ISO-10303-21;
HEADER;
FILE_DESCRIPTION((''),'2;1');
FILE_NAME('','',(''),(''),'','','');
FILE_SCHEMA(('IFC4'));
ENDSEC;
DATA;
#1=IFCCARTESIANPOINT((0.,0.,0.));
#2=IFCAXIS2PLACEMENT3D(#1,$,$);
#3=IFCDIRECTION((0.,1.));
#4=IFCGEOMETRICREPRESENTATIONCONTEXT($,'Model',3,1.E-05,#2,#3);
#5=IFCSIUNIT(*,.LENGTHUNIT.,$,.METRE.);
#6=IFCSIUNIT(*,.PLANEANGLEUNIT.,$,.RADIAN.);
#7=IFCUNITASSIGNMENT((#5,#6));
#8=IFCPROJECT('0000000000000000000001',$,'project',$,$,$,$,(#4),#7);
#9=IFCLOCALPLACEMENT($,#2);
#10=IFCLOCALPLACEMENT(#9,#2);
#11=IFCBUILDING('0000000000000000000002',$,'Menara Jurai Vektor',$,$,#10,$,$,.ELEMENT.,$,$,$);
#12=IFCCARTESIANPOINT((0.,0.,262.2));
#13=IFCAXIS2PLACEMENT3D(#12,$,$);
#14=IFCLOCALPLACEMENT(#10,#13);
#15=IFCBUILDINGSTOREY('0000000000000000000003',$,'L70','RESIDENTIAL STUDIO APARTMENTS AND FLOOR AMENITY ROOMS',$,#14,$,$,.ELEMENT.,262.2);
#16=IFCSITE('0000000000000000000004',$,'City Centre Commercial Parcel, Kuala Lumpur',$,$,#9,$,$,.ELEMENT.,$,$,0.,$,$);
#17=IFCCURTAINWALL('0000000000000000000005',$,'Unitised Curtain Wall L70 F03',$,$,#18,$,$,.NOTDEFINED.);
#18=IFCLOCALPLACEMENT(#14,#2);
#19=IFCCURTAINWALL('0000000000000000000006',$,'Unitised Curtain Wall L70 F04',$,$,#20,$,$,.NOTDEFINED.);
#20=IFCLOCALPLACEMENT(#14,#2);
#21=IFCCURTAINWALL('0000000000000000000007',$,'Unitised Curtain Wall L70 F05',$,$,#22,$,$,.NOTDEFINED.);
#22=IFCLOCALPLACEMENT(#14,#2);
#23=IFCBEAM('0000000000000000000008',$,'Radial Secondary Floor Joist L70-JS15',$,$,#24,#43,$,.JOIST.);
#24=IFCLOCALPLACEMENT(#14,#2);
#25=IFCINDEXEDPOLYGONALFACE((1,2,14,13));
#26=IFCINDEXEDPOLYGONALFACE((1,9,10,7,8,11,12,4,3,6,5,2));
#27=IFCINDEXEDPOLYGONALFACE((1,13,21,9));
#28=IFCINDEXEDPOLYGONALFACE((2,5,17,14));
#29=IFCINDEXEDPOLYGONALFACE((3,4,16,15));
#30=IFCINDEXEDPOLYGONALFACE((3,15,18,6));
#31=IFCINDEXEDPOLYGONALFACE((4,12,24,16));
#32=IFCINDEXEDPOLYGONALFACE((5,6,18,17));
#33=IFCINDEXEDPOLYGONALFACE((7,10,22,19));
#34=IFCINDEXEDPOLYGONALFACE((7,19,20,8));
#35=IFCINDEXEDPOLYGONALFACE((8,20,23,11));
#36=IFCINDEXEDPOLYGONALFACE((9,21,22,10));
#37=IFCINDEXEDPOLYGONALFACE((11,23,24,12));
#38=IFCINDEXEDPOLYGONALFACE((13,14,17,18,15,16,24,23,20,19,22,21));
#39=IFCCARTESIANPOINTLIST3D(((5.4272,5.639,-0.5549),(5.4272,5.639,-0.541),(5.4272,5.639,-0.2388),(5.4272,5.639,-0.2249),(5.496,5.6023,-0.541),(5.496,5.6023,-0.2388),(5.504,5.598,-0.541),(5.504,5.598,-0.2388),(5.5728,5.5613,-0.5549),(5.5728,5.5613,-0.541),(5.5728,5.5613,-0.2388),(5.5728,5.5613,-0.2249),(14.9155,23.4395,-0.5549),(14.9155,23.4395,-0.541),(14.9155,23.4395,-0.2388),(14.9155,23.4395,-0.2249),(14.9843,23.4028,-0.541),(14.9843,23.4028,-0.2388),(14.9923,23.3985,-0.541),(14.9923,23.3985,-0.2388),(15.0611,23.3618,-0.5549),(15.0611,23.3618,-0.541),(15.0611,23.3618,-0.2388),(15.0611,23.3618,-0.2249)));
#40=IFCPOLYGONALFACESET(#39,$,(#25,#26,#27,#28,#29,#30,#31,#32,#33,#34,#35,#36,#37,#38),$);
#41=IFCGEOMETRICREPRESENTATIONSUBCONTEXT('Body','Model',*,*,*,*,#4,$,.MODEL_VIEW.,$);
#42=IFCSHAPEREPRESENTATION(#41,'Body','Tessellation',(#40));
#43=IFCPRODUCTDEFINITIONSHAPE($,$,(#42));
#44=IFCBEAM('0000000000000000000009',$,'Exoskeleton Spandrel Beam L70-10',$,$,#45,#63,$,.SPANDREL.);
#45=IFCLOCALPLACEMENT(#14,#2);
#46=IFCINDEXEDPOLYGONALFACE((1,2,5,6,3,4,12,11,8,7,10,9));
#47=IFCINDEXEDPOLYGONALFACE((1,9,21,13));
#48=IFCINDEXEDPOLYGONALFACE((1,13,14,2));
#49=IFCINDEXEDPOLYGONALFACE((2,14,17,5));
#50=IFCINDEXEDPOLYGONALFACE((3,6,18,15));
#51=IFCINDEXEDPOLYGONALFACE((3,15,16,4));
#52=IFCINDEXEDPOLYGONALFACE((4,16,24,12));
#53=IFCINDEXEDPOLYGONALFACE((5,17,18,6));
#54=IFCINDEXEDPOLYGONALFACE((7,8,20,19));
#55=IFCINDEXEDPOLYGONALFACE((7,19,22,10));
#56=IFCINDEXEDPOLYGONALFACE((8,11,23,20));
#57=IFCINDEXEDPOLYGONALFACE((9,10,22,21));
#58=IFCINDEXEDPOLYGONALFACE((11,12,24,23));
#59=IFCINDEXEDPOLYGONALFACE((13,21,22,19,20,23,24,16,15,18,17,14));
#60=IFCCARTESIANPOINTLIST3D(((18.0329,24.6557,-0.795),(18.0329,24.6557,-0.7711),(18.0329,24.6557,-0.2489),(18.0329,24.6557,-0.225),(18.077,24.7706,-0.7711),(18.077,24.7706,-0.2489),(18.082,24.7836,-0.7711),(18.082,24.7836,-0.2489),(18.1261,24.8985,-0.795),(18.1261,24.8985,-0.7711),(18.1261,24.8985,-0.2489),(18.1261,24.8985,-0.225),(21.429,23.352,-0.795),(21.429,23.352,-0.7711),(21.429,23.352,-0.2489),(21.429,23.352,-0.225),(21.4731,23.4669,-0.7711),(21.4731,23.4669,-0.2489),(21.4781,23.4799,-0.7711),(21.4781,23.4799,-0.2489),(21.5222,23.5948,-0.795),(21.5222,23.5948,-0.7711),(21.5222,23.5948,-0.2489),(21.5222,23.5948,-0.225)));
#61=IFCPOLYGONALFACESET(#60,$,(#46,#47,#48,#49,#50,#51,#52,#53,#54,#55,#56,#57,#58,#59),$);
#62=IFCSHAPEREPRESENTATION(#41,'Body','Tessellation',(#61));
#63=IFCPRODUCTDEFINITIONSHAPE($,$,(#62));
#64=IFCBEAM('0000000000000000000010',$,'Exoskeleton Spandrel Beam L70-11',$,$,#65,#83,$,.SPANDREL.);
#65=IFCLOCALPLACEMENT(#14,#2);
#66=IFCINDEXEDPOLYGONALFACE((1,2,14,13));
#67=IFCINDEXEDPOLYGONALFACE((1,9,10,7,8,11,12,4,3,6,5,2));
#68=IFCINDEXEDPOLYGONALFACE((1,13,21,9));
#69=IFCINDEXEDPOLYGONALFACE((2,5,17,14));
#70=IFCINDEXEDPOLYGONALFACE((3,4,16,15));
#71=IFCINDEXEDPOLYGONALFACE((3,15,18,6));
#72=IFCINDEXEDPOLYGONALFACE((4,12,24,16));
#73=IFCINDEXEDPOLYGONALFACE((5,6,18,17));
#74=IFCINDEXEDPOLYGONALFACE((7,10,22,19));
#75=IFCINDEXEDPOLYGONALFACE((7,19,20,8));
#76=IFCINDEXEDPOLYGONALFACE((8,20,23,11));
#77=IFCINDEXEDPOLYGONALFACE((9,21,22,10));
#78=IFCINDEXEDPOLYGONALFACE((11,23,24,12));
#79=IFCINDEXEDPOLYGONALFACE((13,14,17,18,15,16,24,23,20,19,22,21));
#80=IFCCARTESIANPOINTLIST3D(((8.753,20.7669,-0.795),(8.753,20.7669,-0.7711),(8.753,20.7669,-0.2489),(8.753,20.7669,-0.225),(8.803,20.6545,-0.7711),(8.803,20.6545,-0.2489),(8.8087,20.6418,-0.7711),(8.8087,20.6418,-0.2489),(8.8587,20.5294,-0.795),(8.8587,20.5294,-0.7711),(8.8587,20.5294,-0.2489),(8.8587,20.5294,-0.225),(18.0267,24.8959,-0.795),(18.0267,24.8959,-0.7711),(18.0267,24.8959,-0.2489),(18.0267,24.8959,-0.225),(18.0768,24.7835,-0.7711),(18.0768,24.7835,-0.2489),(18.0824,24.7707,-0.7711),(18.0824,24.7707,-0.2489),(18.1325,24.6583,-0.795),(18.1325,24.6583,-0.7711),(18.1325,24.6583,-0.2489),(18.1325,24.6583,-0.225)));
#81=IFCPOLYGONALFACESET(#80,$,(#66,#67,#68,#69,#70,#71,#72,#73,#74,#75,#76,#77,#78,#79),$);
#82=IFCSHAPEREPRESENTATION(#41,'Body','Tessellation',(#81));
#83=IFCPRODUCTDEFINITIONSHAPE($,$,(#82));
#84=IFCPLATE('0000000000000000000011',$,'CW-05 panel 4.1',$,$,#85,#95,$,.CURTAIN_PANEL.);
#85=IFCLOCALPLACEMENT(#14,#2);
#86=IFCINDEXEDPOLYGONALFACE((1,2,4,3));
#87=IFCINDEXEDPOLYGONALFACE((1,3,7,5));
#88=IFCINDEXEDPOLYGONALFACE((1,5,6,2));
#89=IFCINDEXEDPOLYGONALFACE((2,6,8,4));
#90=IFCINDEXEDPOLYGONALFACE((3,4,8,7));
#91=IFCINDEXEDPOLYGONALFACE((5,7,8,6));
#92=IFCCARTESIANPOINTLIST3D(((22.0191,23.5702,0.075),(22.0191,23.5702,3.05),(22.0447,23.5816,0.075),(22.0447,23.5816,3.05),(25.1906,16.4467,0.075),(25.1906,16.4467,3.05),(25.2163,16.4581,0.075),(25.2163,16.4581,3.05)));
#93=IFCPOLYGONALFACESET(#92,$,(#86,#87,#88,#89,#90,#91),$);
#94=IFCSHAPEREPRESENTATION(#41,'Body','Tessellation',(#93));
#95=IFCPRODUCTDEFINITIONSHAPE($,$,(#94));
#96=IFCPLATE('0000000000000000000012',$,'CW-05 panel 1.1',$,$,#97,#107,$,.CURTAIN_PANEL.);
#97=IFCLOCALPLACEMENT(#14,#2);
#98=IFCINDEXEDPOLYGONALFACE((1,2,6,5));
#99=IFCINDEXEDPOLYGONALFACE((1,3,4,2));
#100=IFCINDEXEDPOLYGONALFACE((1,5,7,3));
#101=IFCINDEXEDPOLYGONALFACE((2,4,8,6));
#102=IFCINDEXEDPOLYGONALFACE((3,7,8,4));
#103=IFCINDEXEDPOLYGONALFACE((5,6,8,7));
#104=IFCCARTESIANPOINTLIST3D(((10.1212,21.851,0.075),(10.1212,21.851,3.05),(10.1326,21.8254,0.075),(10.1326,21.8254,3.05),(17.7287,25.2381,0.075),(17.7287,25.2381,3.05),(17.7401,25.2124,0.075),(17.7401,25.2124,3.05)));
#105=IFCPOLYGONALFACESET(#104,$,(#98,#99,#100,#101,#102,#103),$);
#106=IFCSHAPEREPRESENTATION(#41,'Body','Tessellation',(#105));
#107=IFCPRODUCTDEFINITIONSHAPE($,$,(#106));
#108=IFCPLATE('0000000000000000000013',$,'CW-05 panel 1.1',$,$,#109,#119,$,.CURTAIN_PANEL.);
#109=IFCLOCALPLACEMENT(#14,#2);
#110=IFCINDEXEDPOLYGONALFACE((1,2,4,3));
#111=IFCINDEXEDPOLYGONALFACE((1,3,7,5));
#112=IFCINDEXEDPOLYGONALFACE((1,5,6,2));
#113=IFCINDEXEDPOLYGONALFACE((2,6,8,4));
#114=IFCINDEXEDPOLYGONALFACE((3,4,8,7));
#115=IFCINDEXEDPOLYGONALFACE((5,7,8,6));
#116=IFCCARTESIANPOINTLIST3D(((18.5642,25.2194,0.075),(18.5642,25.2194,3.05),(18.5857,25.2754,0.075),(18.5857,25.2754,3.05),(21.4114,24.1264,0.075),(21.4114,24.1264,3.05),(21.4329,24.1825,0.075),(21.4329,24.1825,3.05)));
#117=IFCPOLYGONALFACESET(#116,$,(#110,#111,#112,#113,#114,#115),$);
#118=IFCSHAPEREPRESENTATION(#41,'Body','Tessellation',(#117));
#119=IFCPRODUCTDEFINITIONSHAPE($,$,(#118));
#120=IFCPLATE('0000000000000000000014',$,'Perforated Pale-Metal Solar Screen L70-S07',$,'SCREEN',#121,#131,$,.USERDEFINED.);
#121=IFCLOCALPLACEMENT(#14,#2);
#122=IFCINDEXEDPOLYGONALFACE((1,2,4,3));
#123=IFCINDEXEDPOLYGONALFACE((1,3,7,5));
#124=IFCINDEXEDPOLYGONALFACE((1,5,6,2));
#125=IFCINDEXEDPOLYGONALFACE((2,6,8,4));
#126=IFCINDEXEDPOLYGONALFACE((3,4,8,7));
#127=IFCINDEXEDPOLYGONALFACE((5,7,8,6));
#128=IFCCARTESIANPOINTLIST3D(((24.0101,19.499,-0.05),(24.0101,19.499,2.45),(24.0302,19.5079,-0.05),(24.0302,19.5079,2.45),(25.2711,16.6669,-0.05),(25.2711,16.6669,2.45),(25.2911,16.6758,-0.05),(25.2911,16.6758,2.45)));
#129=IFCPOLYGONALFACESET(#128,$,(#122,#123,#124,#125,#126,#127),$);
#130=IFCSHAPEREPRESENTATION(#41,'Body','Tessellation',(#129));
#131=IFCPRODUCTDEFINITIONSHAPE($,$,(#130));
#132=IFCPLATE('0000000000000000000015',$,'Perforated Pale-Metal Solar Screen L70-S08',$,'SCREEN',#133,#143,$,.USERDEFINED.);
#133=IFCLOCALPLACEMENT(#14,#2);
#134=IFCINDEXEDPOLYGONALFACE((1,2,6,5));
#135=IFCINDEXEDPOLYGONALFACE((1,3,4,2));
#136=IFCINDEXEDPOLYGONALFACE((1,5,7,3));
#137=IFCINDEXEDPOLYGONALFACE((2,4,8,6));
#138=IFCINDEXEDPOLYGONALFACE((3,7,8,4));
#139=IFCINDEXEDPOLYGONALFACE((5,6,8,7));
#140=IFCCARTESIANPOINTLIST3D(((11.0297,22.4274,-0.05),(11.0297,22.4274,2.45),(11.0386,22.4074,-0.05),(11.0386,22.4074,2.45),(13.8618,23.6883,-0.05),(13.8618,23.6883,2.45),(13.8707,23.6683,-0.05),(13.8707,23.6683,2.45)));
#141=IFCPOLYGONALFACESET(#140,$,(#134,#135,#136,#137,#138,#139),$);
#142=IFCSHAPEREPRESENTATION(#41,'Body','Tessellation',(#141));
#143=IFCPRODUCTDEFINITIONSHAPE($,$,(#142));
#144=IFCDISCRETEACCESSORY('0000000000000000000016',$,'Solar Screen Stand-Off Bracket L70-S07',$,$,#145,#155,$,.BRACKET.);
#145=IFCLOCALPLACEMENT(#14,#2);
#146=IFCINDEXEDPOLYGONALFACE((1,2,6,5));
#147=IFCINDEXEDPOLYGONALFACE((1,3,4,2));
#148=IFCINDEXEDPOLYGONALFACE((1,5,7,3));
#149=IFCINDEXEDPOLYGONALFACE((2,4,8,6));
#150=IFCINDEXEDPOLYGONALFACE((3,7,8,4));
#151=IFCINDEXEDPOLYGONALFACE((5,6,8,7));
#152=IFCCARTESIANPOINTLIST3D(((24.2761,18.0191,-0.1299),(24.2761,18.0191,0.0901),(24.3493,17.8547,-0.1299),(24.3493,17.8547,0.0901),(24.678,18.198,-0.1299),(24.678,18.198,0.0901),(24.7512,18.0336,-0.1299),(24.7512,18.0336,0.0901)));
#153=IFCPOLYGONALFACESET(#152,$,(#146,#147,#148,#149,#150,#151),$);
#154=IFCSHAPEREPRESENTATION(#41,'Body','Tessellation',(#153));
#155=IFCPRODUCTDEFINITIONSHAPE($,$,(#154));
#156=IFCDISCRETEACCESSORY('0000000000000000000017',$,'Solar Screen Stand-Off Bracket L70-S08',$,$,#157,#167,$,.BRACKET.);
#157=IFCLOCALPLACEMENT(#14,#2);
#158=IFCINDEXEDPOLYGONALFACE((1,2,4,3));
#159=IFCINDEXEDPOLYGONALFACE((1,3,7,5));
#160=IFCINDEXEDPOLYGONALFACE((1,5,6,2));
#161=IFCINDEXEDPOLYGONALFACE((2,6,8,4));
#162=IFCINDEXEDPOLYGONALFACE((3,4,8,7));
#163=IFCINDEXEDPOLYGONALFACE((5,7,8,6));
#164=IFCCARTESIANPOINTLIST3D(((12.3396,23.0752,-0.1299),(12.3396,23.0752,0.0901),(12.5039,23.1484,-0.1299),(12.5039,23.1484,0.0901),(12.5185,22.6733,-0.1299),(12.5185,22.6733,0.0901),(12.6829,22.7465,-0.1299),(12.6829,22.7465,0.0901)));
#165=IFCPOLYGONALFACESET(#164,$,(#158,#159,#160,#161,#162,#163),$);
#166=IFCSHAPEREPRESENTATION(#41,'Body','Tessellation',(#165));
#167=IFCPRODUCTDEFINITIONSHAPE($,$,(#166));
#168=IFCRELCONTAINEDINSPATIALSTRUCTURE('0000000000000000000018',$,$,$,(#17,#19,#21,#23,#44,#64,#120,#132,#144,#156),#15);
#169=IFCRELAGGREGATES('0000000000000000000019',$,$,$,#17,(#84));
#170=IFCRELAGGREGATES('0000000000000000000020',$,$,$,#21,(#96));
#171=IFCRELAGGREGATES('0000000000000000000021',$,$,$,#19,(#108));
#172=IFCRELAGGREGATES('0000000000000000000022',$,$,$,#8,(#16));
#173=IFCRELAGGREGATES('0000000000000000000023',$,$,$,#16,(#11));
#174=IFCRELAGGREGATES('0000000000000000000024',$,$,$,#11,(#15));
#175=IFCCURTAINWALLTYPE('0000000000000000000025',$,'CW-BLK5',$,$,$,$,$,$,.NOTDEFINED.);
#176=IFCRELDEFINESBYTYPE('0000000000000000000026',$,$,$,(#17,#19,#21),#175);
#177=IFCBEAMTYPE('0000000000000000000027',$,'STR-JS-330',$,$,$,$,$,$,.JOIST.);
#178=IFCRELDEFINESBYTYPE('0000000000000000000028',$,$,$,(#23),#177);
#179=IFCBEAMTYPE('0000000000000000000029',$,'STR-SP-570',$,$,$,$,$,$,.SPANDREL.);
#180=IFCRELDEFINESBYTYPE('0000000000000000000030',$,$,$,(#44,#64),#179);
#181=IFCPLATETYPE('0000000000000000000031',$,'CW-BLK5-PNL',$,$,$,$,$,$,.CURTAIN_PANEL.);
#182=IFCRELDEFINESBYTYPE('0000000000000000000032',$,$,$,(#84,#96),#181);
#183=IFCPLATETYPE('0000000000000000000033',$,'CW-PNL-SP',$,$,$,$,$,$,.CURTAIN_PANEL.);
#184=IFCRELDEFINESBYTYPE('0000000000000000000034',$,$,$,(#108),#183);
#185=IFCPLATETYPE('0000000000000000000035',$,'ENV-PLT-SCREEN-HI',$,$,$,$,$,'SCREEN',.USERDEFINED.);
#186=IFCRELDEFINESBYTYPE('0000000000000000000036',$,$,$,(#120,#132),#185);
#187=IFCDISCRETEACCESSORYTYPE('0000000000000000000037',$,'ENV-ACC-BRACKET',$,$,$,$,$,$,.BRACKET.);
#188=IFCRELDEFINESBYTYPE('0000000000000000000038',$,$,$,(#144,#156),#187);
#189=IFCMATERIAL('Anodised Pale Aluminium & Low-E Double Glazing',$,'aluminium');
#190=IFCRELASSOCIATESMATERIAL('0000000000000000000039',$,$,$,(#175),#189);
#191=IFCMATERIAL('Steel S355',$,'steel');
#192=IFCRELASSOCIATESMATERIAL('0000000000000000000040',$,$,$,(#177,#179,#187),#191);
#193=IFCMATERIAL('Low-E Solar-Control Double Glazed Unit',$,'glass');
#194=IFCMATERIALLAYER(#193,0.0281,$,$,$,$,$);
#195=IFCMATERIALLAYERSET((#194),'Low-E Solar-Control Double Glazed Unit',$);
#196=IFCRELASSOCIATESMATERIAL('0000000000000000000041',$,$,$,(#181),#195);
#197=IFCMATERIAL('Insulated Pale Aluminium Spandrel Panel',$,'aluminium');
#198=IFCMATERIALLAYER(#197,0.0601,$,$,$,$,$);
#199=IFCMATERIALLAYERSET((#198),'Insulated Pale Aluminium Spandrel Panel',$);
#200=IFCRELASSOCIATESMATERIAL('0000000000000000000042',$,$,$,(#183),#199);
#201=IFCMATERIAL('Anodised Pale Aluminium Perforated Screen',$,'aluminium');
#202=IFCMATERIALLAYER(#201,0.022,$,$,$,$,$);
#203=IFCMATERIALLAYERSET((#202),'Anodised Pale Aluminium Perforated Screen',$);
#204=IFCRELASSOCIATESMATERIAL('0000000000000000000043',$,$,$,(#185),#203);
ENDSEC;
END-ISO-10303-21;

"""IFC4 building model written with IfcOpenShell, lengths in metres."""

from ifc_helpers import new_model, si_unit, direction, frame, origin, origin_2d, place, context, subcontext, project, spatial, rectangle, i_section, extrude, material, layer, layer_set, material_profile, profile_set, type_object, element, aggregate, save


model = new_model("IFC4")

# Units and contexts
model_context = context("Model", 3, precision=1e-05, world=origin(), true_north=direction((0.0, 1.0)))
body_context = subcontext(model_context, "Body", "Model", "MODEL_VIEW")
ifc_project = project(units=[si_unit("LENGTHUNIT", "METRE"), si_unit("PLANEANGLEUNIT", "RADIAN")], contexts=[model_context])

# Site, building, storey
site_placement = place(None, origin())
site = spatial("IfcSite", under=ifc_project, at=site_placement, Name="City Centre Commercial Parcel, Kuala Lumpur", CompositionType="ELEMENT", RefElevation=0.0)
building_placement = place(site_placement, origin())
building = spatial("IfcBuilding", under=site, at=building_placement, Name="Menara Jurai Vektor", CompositionType="ELEMENT")
storey_placement = place(building_placement, frame((0.0, 0.0, 262.2)))
storey = spatial("IfcBuildingStorey", under=building, at=storey_placement, Name="L70", Description="RESIDENTIAL STUDIO APARTMENTS AND FLOOR AMENITY ROOMS", CompositionType="ELEMENT", Elevation=262.2)

# Curtain wall
ifc_material_1 = material(Name="Anodised Pale Aluminium & Low-E Double Glazing", Category="aluminium")
curtain_wall_type = type_object("IfcCurtainWallType", Name="CW-BLK5", PredefinedType="NOTDEFINED", material=ifc_material_1)
curtain_wall_1_placement = place(storey_placement, origin())
curtain_wall_1 = element("IfcCurtainWall", 1, at=curtain_wall_1_placement, inside=storey, type_object=curtain_wall_type, Name="Unitised Curtain Wall L70 F03", PredefinedType="NOTDEFINED")

# Curtain wall
curtain_wall_2_placement = place(storey_placement, origin())
curtain_wall_2 = element("IfcCurtainWall", 2, at=curtain_wall_2_placement, inside=storey, type_object=curtain_wall_type, Name="Unitised Curtain Wall L70 F04", PredefinedType="NOTDEFINED")

# Curtain wall
curtain_wall_3_placement = place(storey_placement, origin())
curtain_wall_3 = element("IfcCurtainWall", 3, at=curtain_wall_3_placement, inside=storey, type_object=curtain_wall_type, Name="Unitised Curtain Wall L70 F05", PredefinedType="NOTDEFINED")

# Shared definitions
ifc_material_2 = material(Name="Steel S355", Category="steel")

# Beams
ifc_material_profile_1 = material_profile(ifc_material_2, i_section(OverallWidth=0.165, OverallDepth=0.3301, WebThickness=0.009, FlangeThickness=0.0139, at=origin_2d()), Name="PG 330x165x46")
ifc_profile_set_1 = profile_set([ifc_material_profile_1], Name="Steel S355")
beam_type_1 = type_object("IfcBeamType", Name="STR-JS-330", PredefinedType="JOIST", material=ifc_profile_set_1)
beam_1_placement = place(storey_placement, frame((14.9883, 23.4006, -0.3899), z_axis=(-0.470382, -0.882463, 0.0), x_axis=(0.882463, -0.470382, 0.0)))
element("IfcBeam", 4, at=beam_1_placement, inside=storey, type_object=beam_type_1, Name="Radial Secondary Floor Joist L70-JS15", PredefinedType="JOIST", context=body_context, shape_type="SweptSolid", body=[
    extrude(i_section(OverallWidth=0.165, OverallDepth=0.3301, WebThickness=0.009, FlangeThickness=0.0139, at=origin_2d()), origin(), (0.0, 0.0, 1.0), 20.1714),
])
ifc_material_profile_2 = material_profile(ifc_material_2, i_section(OverallWidth=0.26, OverallDepth=0.5701, WebThickness=0.0139, FlangeThickness=0.0239, at=origin_2d()), Name="PG 570x260x145")
ifc_profile_set_2 = profile_set([ifc_material_profile_2], Name="Steel S355")
beam_type_2 = type_object("IfcBeamType", Name="STR-SP-570", PredefinedType="SPANDREL", material=ifc_profile_set_2)
beam_2_placement = place(storey_placement, frame((21.4756, 23.4734, -0.51), z_axis=(-0.93357, 0.358394, 0.0), x_axis=(-0.358394, -0.93357, 0.0)))
element("IfcBeam", 5, at=beam_2_placement, inside=storey, type_object=beam_type_2, Name="Exoskeleton Spandrel Beam L70-10", PredefinedType="SPANDREL", context=body_context, shape_type="SweptSolid", body=[
    extrude(i_section(OverallWidth=0.26, OverallDepth=0.5701, WebThickness=0.0139, FlangeThickness=0.0239, at=origin_2d()), origin(), (0.0, 0.0, 1.0), 3.6377),
])
beam_3_placement = place(storey_placement, frame((18.0796, 24.7771, -0.51), z_axis=(-0.913546, -0.406736, 0.0), x_axis=(0.406736, -0.913546, 0.0)))
element("IfcBeam", 6, at=beam_3_placement, inside=storey, type_object=beam_type_2, Name="Exoskeleton Spandrel Beam L70-11", PredefinedType="SPANDREL", context=body_context, shape_type="SweptSolid", body=[
    extrude(i_section(OverallWidth=0.26, OverallDepth=0.5701, WebThickness=0.0139, FlangeThickness=0.0239, at=origin_2d()), origin(), (0.0, 0.0, 1.0), 10.1514),
])

# Plates
ifc_material_3 = material(Name="Low-E Solar-Control Double Glazed Unit", Category="glass")
ifc_layer_1 = layer(ifc_material_3, 0.0281)
ifc_layer_set_1 = layer_set([ifc_layer_1], Name="Low-E Solar-Control Double Glazed Unit")
plate_type_1 = type_object("IfcPlateType", Name="CW-BLK5-PNL", PredefinedType="CURTAIN_PANEL", material=ifc_layer_set_1)
plate_1_placement = place(storey_placement, frame((23.6177, 20.0142, 0.075), z_axis=(0.0, 0.0, 1.0), x_axis=(-0.406735, 0.913546, 0.0)))
plate_1 = element("IfcPlate", 7, at=plate_1_placement, type_object=plate_type_1, Name="CW-05 panel 4.1", PredefinedType="CURTAIN_PANEL", context=body_context, shape_type="SweptSolid", body=[
    extrude(rectangle(XDim=7.7976, YDim=0.0281, at=origin_2d()), origin(), (0.0, 0.0, 1.0), 2.9751),
])
aggregate(curtain_wall_1, [plate_1])
plate_2_placement = place(storey_placement, frame((13.9307, 23.5317, 0.075), z_axis=(0.0, 0.0, 1.0), x_axis=(-0.913546, -0.406735, 0.0)))
plate_2 = element("IfcPlate", 8, at=plate_2_placement, type_object=plate_type_1, Name="CW-05 panel 1.1", PredefinedType="CURTAIN_PANEL", context=body_context, shape_type="SweptSolid", body=[
    extrude(rectangle(XDim=8.3274, YDim=0.0281, at=origin_2d()), origin(), (0.0, 0.0, 1.0), 2.9751),
])
aggregate(curtain_wall_3, [plate_2])
ifc_material_4 = material(Name="Insulated Pale Aluminium Spandrel Panel", Category="aluminium")
ifc_layer_2 = layer(ifc_material_4, 0.0601)
ifc_layer_set_2 = layer_set([ifc_layer_2], Name="Insulated Pale Aluminium Spandrel Panel")
plate_type_2 = type_object("IfcPlateType", Name="CW-PNL-SP", PredefinedType="CURTAIN_PANEL", material=ifc_layer_set_2)
plate_3_placement = place(storey_placement, frame((19.9985, 24.7009, 0.075), z_axis=(0.0, 0.0, 1.0), x_axis=(-0.933578, 0.358374, 0.0)))
plate_3 = element("IfcPlate", 9, at=plate_3_placement, type_object=plate_type_2, Name="CW-05 panel 1.1", PredefinedType="CURTAIN_PANEL", context=body_context, shape_type="SweptSolid", body=[
    extrude(rectangle(XDim=3.0498, YDim=0.0601, at=origin_2d()), origin(), (0.0, 0.0, 1.0), 2.9751),
])
aggregate(curtain_wall_2, [plate_3])

# Plates
ifc_material_5 = material(Name="Anodised Pale Aluminium Perforated Screen", Category="aluminium")
ifc_layer_3 = layer(ifc_material_5, 0.022)
ifc_layer_set_3 = layer_set([ifc_layer_3], Name="Anodised Pale Aluminium Perforated Screen")
plate_type_3 = type_object("IfcPlateType", Name="ENV-PLT-SCREEN-HI", ElementType="SCREEN", PredefinedType="USERDEFINED", material=ifc_layer_set_3)
for number, where, z_axis, x_axis, name in (
    (10, (24.6506, 18.0874, -0.05), (0.0, 0.0, 1.0), (-0.406737, 0.913545, 0.0), "Perforated Pale-Metal Solar Screen L70-S07"),
    (11, (12.4502, 23.0479, -0.05), (0.0, 0.0, 1.0), (-0.913545, -0.406737, 0.0), "Perforated Pale-Metal Solar Screen L70-S08"),
):
    element("IfcPlate", number, at=place(storey_placement, frame(where, z_axis=z_axis, x_axis=x_axis)), inside=storey, type_object=plate_type_3, Name=name, ObjectType="SCREEN", PredefinedType="USERDEFINED", context=body_context, shape_type="SweptSolid", body=[
        extrude(rectangle(XDim=3.1001, YDim=0.022, at=origin_2d()), origin(), (0.0, 0.0, 1.0), 2.5),
    ])

# Discrete accessories
discrete_accessory_type = type_object("IfcDiscreteAccessoryType", Name="ENV-ACC-BRACKET", PredefinedType="BRACKET", material=ifc_material_2)
for number, where, z_axis, x_axis, name in (
    (12, (24.5137, 18.0264, -0.1299), (0.0, 0.0, 1.0), (-0.406737, 0.913545, 0.0), "Solar Screen Stand-Off Bracket L70-S07"),
    (13, (12.5112, 22.9109, -0.1299), (0.0, 0.0, 1.0), (-0.913545, -0.406737, 0.0), "Solar Screen Stand-Off Bracket L70-S08"),
):
    element("IfcDiscreteAccessory", number, at=place(storey_placement, frame(where, z_axis=z_axis, x_axis=x_axis)), inside=storey, type_object=discrete_accessory_type, Name=name, PredefinedType="BRACKET", context=body_context, shape_type="SweptSolid", body=[
        extrude(rectangle(XDim=0.1799, YDim=0.4399, at=origin_2d()), origin(), (0.0, 0.0, 1.0), 0.22),
    ])

save(model, "model.ifc")
